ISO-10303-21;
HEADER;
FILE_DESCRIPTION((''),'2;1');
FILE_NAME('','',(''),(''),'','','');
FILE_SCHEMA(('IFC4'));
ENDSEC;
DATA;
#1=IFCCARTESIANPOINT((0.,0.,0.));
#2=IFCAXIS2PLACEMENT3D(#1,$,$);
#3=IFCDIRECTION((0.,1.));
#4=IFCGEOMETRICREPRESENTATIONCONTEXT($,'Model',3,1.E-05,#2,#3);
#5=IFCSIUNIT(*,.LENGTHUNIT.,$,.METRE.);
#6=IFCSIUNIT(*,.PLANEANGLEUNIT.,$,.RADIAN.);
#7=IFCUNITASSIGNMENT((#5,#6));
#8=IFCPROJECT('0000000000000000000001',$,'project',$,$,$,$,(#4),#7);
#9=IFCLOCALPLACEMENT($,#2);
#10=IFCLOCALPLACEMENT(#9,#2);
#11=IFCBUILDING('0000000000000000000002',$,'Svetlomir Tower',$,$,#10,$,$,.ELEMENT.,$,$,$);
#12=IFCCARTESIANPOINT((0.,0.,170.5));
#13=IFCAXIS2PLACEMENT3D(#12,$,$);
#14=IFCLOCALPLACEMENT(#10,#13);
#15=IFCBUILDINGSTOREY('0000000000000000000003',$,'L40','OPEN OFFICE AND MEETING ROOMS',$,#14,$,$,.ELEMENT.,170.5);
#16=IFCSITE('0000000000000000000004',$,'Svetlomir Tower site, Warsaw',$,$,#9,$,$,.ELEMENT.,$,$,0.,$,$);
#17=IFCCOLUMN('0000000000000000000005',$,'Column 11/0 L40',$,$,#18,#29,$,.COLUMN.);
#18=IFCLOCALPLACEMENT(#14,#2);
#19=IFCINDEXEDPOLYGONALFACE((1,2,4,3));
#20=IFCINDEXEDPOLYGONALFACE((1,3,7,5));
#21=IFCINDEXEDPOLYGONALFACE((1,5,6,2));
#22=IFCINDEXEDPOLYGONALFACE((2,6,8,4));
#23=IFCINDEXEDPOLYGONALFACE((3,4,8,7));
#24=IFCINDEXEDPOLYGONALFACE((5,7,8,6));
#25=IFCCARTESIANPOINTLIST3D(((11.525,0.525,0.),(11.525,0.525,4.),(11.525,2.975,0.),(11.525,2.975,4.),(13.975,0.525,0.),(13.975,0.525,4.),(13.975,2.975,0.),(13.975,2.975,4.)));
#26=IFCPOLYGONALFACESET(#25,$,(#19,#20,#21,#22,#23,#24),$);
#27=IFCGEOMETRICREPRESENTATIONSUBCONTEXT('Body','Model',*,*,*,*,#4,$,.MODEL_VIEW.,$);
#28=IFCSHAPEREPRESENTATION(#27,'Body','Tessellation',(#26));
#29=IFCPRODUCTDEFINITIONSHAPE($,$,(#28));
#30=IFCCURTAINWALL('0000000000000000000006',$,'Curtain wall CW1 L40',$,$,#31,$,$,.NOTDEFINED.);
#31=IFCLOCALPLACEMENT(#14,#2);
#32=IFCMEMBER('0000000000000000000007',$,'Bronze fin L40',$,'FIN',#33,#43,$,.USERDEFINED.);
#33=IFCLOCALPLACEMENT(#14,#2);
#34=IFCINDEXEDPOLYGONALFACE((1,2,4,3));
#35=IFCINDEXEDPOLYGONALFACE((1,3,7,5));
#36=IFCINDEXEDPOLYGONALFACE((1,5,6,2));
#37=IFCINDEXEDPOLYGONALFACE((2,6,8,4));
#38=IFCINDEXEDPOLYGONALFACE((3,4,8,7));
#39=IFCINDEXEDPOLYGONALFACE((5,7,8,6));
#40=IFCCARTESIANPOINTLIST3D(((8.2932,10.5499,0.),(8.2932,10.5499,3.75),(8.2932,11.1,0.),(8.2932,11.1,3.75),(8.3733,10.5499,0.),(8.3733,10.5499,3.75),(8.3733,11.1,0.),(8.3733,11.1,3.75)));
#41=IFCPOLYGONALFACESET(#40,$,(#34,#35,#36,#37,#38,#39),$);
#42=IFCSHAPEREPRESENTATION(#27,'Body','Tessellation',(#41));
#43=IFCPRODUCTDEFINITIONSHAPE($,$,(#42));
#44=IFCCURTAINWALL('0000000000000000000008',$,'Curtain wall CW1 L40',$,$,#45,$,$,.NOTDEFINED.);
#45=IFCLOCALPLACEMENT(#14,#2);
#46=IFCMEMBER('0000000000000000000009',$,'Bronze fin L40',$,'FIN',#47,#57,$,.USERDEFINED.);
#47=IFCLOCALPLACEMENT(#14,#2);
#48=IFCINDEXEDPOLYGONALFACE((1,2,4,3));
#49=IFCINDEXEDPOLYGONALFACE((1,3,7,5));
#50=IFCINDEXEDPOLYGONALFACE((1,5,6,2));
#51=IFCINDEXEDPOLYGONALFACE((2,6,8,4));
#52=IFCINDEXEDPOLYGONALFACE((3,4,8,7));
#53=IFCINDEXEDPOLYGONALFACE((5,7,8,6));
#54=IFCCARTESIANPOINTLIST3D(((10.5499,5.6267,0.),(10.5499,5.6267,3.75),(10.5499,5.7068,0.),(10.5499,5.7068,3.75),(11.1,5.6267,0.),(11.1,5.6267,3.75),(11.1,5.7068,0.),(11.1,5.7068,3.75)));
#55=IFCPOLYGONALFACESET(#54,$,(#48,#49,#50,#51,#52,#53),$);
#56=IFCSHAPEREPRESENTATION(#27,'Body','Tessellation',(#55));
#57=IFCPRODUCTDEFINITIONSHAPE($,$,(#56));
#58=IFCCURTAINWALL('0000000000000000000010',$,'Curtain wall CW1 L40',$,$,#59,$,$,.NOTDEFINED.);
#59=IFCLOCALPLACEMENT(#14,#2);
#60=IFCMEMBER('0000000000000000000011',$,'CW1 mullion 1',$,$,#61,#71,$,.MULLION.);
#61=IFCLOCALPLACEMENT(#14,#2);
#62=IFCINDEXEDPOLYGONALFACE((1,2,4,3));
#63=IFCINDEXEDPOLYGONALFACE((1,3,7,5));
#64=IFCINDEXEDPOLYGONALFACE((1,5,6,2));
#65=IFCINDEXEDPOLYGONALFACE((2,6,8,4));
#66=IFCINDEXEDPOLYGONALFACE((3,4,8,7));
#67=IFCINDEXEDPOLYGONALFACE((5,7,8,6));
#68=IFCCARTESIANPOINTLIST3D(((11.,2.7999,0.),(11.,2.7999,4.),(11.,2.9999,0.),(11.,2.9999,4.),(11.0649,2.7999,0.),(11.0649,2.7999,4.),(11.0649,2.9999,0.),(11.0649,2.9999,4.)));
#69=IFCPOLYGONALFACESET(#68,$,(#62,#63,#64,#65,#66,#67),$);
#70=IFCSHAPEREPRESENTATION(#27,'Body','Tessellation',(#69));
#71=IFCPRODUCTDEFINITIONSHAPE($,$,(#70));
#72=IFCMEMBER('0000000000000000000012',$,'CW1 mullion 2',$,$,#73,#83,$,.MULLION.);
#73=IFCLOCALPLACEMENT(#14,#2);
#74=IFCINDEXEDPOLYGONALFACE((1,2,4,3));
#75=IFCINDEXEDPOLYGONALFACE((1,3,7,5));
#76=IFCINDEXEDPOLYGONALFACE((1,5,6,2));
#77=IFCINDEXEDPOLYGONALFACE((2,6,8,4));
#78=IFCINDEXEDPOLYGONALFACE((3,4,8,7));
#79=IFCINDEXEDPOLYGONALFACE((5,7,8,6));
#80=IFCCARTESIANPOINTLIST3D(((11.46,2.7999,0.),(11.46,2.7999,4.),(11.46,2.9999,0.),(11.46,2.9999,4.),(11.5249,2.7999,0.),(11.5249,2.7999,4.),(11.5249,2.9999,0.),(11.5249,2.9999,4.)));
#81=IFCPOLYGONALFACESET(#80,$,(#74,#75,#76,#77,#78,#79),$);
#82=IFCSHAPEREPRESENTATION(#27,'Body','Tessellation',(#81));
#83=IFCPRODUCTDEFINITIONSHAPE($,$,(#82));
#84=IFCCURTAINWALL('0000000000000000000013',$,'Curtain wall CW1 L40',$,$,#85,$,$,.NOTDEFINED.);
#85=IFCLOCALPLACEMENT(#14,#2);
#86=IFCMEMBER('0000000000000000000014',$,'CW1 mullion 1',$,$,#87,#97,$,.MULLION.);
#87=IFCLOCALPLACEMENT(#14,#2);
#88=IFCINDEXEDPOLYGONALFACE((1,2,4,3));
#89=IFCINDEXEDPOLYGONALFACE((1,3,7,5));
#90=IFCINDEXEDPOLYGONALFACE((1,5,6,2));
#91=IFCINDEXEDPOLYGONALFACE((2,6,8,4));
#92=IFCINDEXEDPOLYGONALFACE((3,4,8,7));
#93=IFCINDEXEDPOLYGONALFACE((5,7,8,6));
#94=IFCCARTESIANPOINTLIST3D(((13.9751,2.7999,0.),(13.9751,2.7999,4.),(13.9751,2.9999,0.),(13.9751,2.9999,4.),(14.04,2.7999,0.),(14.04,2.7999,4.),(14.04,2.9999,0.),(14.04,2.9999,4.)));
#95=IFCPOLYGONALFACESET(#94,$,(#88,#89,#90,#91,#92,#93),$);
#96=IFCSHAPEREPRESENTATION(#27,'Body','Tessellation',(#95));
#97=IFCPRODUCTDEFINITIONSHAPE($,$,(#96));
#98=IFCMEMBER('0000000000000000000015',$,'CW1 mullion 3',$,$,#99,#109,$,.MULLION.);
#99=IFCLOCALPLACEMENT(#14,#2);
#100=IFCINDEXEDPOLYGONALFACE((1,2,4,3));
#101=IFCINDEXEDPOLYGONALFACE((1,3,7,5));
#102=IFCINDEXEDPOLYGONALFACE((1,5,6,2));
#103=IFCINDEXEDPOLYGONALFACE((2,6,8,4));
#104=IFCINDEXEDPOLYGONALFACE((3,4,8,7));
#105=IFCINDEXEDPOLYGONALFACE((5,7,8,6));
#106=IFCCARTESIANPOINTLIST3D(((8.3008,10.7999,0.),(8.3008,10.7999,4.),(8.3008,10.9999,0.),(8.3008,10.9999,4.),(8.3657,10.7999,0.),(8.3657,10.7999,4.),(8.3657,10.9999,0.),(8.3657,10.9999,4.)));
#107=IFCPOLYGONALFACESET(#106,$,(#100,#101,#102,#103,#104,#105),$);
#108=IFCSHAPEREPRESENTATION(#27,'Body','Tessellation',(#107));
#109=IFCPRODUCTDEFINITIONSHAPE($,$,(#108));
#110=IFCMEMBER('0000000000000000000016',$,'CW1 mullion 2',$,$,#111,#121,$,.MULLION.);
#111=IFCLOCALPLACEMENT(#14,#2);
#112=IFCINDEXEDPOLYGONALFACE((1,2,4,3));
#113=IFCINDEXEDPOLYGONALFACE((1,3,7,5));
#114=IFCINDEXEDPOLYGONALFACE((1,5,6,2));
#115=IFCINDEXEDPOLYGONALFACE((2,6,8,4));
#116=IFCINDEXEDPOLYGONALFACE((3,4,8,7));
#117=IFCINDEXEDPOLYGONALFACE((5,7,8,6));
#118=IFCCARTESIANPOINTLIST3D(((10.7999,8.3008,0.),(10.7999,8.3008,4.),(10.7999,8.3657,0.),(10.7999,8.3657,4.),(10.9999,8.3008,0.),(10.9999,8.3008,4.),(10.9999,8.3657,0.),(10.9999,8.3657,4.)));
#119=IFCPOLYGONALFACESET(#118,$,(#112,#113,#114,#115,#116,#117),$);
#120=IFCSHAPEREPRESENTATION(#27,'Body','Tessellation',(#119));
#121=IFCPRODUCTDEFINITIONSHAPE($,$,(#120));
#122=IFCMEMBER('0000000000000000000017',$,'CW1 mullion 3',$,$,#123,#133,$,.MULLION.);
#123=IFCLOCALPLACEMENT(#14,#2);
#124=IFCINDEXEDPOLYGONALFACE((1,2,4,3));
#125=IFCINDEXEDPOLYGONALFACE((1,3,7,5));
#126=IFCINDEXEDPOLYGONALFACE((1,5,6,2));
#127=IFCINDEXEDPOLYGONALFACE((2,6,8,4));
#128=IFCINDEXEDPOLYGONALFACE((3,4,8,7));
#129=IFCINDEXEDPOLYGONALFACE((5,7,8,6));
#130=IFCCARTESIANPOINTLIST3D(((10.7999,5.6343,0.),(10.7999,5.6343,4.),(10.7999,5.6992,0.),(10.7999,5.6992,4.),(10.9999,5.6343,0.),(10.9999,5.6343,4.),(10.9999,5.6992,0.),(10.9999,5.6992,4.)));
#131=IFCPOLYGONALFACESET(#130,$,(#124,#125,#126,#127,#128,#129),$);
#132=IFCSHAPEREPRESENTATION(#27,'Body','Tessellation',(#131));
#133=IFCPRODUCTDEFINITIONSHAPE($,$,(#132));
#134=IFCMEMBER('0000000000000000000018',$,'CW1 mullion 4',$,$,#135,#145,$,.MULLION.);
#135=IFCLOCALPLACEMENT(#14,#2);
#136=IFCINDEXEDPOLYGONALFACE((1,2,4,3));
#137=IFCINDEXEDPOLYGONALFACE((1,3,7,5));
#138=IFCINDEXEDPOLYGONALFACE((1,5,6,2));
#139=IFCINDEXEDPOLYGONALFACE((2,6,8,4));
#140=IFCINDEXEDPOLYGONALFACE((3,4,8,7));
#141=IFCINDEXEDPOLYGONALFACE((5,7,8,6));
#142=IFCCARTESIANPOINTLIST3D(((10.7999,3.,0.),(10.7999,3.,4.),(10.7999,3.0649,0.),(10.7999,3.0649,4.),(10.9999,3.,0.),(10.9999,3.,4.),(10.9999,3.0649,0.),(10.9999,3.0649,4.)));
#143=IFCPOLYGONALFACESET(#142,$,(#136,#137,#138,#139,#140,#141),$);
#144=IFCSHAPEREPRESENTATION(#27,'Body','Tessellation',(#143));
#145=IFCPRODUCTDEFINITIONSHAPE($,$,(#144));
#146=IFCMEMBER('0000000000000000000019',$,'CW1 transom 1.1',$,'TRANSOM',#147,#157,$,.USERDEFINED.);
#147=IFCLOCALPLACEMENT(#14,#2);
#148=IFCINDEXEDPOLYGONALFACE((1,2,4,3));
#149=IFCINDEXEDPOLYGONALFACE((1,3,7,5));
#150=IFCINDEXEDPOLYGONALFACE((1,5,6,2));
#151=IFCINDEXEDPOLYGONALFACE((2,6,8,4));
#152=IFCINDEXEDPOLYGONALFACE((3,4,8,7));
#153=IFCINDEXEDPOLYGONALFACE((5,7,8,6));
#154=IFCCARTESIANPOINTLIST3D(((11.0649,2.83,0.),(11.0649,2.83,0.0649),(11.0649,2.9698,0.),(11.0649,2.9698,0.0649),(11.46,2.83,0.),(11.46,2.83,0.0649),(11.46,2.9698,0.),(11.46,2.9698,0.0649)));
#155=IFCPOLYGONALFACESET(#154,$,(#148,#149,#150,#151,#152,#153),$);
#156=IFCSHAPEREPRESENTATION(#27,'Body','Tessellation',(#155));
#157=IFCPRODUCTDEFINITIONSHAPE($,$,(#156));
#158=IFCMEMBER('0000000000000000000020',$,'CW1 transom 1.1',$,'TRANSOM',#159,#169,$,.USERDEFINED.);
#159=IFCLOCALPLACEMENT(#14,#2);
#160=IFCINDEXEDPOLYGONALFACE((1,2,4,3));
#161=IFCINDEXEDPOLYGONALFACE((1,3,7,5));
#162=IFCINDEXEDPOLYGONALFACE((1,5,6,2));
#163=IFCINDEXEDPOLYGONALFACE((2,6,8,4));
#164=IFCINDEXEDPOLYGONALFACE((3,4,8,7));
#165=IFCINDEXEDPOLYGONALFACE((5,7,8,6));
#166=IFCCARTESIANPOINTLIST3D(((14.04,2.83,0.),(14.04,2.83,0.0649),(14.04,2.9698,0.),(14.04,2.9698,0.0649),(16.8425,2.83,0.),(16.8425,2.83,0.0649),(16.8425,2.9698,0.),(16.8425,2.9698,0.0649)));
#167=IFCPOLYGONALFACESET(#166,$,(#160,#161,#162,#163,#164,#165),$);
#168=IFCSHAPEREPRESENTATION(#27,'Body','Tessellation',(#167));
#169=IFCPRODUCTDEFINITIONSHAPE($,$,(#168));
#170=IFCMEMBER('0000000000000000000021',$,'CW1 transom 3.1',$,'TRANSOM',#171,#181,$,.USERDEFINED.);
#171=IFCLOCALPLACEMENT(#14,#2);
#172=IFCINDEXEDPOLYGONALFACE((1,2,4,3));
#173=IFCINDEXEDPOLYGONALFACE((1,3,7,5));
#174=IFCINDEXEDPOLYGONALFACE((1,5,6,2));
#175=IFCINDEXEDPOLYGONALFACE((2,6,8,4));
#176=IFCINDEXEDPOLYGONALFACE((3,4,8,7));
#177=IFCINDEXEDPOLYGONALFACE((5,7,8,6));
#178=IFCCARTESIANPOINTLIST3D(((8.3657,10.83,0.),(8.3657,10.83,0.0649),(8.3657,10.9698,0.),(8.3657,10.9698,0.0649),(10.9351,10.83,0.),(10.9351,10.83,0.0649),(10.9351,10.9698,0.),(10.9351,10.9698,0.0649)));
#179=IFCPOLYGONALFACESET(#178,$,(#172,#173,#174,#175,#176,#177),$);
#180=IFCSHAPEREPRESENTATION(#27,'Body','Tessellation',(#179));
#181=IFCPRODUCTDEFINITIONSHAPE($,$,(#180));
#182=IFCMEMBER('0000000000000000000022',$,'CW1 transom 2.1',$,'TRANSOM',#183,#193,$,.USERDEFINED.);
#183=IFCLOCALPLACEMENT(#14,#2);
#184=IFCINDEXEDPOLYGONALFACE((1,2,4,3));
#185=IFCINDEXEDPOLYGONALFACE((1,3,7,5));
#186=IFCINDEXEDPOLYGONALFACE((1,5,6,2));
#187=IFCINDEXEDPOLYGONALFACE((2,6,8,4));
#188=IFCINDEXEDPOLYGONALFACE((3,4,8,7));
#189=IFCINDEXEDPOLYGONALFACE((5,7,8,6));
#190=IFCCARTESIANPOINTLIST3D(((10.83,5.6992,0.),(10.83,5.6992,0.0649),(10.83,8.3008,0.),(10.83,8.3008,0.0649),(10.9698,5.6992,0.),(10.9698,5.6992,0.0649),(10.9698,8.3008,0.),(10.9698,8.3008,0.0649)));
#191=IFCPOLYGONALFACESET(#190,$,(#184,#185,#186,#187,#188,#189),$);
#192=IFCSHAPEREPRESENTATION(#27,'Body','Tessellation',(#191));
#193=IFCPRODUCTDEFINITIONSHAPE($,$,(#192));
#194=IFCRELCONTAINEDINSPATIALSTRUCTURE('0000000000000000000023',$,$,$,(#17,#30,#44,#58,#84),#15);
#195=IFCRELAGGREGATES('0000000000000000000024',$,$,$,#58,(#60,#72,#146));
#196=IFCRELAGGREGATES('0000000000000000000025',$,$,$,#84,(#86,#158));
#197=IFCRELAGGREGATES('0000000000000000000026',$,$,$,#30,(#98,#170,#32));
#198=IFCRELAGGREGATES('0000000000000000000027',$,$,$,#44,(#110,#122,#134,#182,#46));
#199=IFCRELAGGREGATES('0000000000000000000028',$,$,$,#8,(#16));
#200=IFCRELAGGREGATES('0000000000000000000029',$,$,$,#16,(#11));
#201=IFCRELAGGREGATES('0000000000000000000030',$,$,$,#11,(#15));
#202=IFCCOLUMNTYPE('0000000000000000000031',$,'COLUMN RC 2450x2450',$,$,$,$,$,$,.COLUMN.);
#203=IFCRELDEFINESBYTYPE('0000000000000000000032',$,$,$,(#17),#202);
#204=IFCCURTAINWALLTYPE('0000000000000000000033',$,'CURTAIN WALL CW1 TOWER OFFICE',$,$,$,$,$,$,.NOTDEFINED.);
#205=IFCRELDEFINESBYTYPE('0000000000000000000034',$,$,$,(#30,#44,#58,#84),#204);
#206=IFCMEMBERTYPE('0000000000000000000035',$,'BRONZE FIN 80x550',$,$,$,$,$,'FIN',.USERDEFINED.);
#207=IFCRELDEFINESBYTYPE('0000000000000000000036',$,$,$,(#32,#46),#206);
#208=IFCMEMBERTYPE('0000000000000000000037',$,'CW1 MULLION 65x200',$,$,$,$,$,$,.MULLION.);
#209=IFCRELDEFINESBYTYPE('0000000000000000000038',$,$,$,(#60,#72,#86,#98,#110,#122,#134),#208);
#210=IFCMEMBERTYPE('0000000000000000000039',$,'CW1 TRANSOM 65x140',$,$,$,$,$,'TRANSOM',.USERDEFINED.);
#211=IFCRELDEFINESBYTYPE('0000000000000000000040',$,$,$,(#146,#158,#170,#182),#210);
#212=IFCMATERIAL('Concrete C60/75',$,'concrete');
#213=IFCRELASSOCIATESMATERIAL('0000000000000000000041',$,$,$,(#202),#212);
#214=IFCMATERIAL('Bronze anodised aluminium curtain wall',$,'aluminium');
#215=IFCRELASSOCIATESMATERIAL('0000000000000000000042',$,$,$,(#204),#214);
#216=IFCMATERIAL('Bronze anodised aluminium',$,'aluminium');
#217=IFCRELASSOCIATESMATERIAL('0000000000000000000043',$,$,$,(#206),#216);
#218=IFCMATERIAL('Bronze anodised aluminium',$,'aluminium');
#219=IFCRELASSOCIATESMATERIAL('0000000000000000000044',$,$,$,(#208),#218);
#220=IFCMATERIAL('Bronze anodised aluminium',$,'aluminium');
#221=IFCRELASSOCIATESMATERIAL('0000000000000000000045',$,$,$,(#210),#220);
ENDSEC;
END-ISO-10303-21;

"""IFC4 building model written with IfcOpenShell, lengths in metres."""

from ifc_helpers import new_model, si_unit, direction, frame, origin, origin_2d, place, context, subcontext, project, spatial, rectangle, extrude, material, material_profile, profile_set, type_object, element, aggregate, save


model = new_model("IFC4")

# Units and contexts
model_context = context("Model", 3, precision=1e-05, world=origin(), true_north=direction((0.0, 1.0)))
body_context = subcontext(model_context, "Body", "Model", "MODEL_VIEW")
ifc_project = project(units=[si_unit("LENGTHUNIT", "METRE"), si_unit("PLANEANGLEUNIT", "RADIAN")], contexts=[model_context])

# Site, building, storey
site_placement = place(None, origin())
site = spatial("IfcSite", under=ifc_project, at=site_placement, Name="Svetlomir Tower site, Warsaw", CompositionType="ELEMENT", RefElevation=0.0)
building_placement = place(site_placement, origin())
building = spatial("IfcBuilding", under=site, at=building_placement, Name="Svetlomir Tower", CompositionType="ELEMENT")
storey_placement = place(building_placement, frame((0.0, 0.0, 170.5)))
storey = spatial("IfcBuildingStorey", under=building, at=storey_placement, Name="L40", Description="OPEN OFFICE AND MEETING ROOMS", CompositionType="ELEMENT", Elevation=170.5)

# Column
ifc_material_1 = material(Name="Concrete C60/75", Category="concrete")
ifc_material_profile_1 = material_profile(ifc_material_1, rectangle(XDim=2.45, YDim=2.45, at=origin_2d()), Name="RC 2450x2450")
ifc_profile_set_1 = profile_set([ifc_material_profile_1], Name="Concrete C60/75")
column_type = type_object("IfcColumnType", Name="COLUMN RC 2450x2450", PredefinedType="COLUMN", material=ifc_profile_set_1)
column_placement = place(storey_placement, frame((12.75, 1.75, 0.0), z_axis=(0.0, 0.0, 1.0), x_axis=(1.0, 0.0, 0.0)))
element("IfcColumn", 1, at=column_placement, inside=storey, type_object=column_type, Name="Column 11/0 L40", PredefinedType="COLUMN", context=body_context, shape_type="SweptSolid", body=[
    extrude(rectangle(XDim=2.45, YDim=2.45, at=origin_2d()), origin(), (0.0, 0.0, 1.0), 4.0),
])

# Curtain walls, members
ifc_material_2 = material(Name="Bronze anodised aluminium curtain wall", Category="aluminium")
curtain_wall_type = type_object("IfcCurtainWallType", Name="CURTAIN WALL CW1 TOWER OFFICE", PredefinedType="NOTDEFINED", material=ifc_material_2)
curtain_wall_1_placement = place(storey_placement, origin())
curtain_wall_1 = element("IfcCurtainWall", 2, at=curtain_wall_1_placement, inside=storey, type_object=curtain_wall_type, Name="Curtain wall CW1 L40", PredefinedType="NOTDEFINED")
ifc_material_3 = material(Name="Bronze anodised aluminium", Category="aluminium")
ifc_material_profile_2 = material_profile(ifc_material_3, rectangle(XDim=0.0801, YDim=0.55, at=origin_2d()), Name="FIN 80x550")
ifc_profile_set_2 = profile_set([ifc_material_profile_2], Name="Bronze anodised aluminium 6063-T6")
member_type_1 = type_object("IfcMemberType", Name="BRONZE FIN 80x550", ElementType="FIN", PredefinedType="USERDEFINED", material=ifc_profile_set_2)
member_1_placement = place(storey_placement, frame((8.3333, 10.825, 0.0), z_axis=(0.0, 0.0, 1.0), x_axis=(1.0, 0.0, 0.0)))
member_1 = element("IfcMember", 3, at=member_1_placement, type_object=member_type_1, Name="Bronze fin L40", ObjectType="FIN", PredefinedType="USERDEFINED", context=body_context, shape_type="SweptSolid", body=[
    extrude(rectangle(XDim=0.0801, YDim=0.55, at=origin_2d()), origin(), (0.0, 0.0, 1.0), 3.75),
])
curtain_wall_2_placement = place(storey_placement, origin())
curtain_wall_2 = element("IfcCurtainWall", 4, at=curtain_wall_2_placement, inside=storey, type_object=curtain_wall_type, Name="Curtain wall CW1 L40", PredefinedType="NOTDEFINED")
member_2_placement = place(storey_placement, frame((10.825, 5.6667, 0.0), z_axis=(0.0, 0.0, 1.0), x_axis=(0.0, 1.0, 0.0)))
member_2 = element("IfcMember", 5, at=member_2_placement, type_object=member_type_1, Name="Bronze fin L40", ObjectType="FIN", PredefinedType="USERDEFINED", context=body_context, shape_type="SweptSolid", body=[
    extrude(rectangle(XDim=0.0801, YDim=0.55, at=origin_2d()), origin(), (0.0, 0.0, 1.0), 3.75),
])

# Curtain wall, members
curtain_wall_3_placement = place(storey_placement, origin())
curtain_wall_3 = element("IfcCurtainWall", 6, at=curtain_wall_3_placement, inside=storey, type_object=curtain_wall_type, Name="Curtain wall CW1 L40", PredefinedType="NOTDEFINED")
ifc_material_4 = material(Name="Bronze anodised aluminium", Category="aluminium")
ifc_material_profile_3 = material_profile(ifc_material_4, rectangle(XDim=0.0649, YDim=0.2, at=origin_2d()), Name="AL 65x200")
ifc_profile_set_3 = profile_set([ifc_material_profile_3], Name="Bronze anodised aluminium 6063-T6")
member_type_2 = type_object("IfcMemberType", Name="CW1 MULLION 65x200", PredefinedType="MULLION", material=ifc_profile_set_3)
member_3_placement = place(storey_placement, frame((11.0325, 2.8999, 0.0), z_axis=(0.0, 0.0, 1.0), x_axis=(1.0, 0.0, 0.0)))
member_3 = element("IfcMember", 7, at=member_3_placement, type_object=member_type_2, Name="CW1 mullion 1", PredefinedType="MULLION", context=body_context, shape_type="SweptSolid", body=[
    extrude(rectangle(XDim=0.0649, YDim=0.2, at=origin_2d()), origin(), (0.0, 0.0, 1.0), 4.0),
])
member_4_placement = place(storey_placement, frame((11.4924, 2.8999, 0.0), z_axis=(0.0, 0.0, 1.0), x_axis=(1.0, 0.0, 0.0)))
member_4 = element("IfcMember", 8, at=member_4_placement, type_object=member_type_2, Name="CW1 mullion 2", PredefinedType="MULLION", context=body_context, shape_type="SweptSolid", body=[
    extrude(rectangle(XDim=0.0649, YDim=0.2, at=origin_2d()), origin(), (0.0, 0.0, 1.0), 4.0),
])

# Curtain wall, member
curtain_wall_4_placement = place(storey_placement, origin())
curtain_wall_4 = element("IfcCurtainWall", 9, at=curtain_wall_4_placement, inside=storey, type_object=curtain_wall_type, Name="Curtain wall CW1 L40", PredefinedType="NOTDEFINED")
member_5_placement = place(storey_placement, frame((14.0076, 2.8999, 0.0), z_axis=(0.0, 0.0, 1.0), x_axis=(1.0, 0.0, 0.0)))
member_5 = element("IfcMember", 10, at=member_5_placement, type_object=member_type_2, Name="CW1 mullion 1", PredefinedType="MULLION", context=body_context, shape_type="SweptSolid", body=[
    extrude(rectangle(XDim=0.0649, YDim=0.2, at=origin_2d()), origin(), (0.0, 0.0, 1.0), 4.0),
])

# Members
member_6_placement = place(storey_placement, frame((8.3333, 10.8999, 0.0), z_axis=(0.0, 0.0, 1.0), x_axis=(1.0, 0.0, 0.0)))
member_6 = element("IfcMember", 11, at=member_6_placement, type_object=member_type_2, Name="CW1 mullion 3", PredefinedType="MULLION", context=body_context, shape_type="SweptSolid", body=[
    extrude(rectangle(XDim=0.0649, YDim=0.2, at=origin_2d()), origin(), (0.0, 0.0, 1.0), 4.0),
])
member_7_placement = place(storey_placement, frame((10.8999, 8.3333, 0.0), z_axis=(0.0, 0.0, 1.0), x_axis=(0.0, -1.0, 0.0)))
member_7 = element("IfcMember", 12, at=member_7_placement, type_object=member_type_2, Name="CW1 mullion 2", PredefinedType="MULLION", context=body_context, shape_type="SweptSolid", body=[
    extrude(rectangle(XDim=0.0649, YDim=0.2, at=origin_2d()), origin(), (0.0, 0.0, 1.0), 4.0),
])
member_8_placement = place(storey_placement, frame((10.8999, 5.6667, 0.0), z_axis=(0.0, 0.0, 1.0), x_axis=(0.0, -1.0, 0.0)))
member_8 = element("IfcMember", 13, at=member_8_placement, type_object=member_type_2, Name="CW1 mullion 3", PredefinedType="MULLION", context=body_context, shape_type="SweptSolid", body=[
    extrude(rectangle(XDim=0.0649, YDim=0.2, at=origin_2d()), origin(), (0.0, 0.0, 1.0), 4.0),
])
member_9_placement = place(storey_placement, frame((10.8999, 3.0325, 0.0), z_axis=(0.0, 0.0, 1.0), x_axis=(0.0, -1.0, 0.0)))
member_9 = element("IfcMember", 14, at=member_9_placement, type_object=member_type_2, Name="CW1 mullion 4", PredefinedType="MULLION", context=body_context, shape_type="SweptSolid", body=[
    extrude(rectangle(XDim=0.0649, YDim=0.2, at=origin_2d()), origin(), (0.0, 0.0, 1.0), 4.0),
])
ifc_material_5 = material(Name="Bronze anodised aluminium", Category="aluminium")
ifc_material_profile_4 = material_profile(ifc_material_5, rectangle(XDim=0.1399, YDim=0.0649, at=origin_2d()), Name="AL 140x65")
ifc_profile_set_4 = profile_set([ifc_material_profile_4], Name="Bronze anodised aluminium 6063-T6")
member_type_3 = type_object("IfcMemberType", Name="CW1 TRANSOM 65x140", ElementType="TRANSOM", PredefinedType="USERDEFINED", material=ifc_profile_set_4)
member_10_placement = place(storey_placement, frame((11.0649, 2.8999, 0.0325), z_axis=(1.0, 0.0, 0.0), x_axis=(0.0, 1.0, 0.0)))
member_10 = element("IfcMember", 15, at=member_10_placement, type_object=member_type_3, Name="CW1 transom 1.1", ObjectType="TRANSOM", PredefinedType="USERDEFINED", context=body_context, shape_type="SweptSolid", body=[
    extrude(rectangle(XDim=0.1399, YDim=0.0649, at=origin_2d()), origin(), (0.0, 0.0, 1.0), 0.395),
])
member_11_placement = place(storey_placement, frame((14.04, 2.8999, 0.0325), z_axis=(1.0, 0.0, 0.0), x_axis=(0.0, 1.0, 0.0)))
member_11 = element("IfcMember", 16, at=member_11_placement, type_object=member_type_3, Name="CW1 transom 1.1", ObjectType="TRANSOM", PredefinedType="USERDEFINED", context=body_context, shape_type="SweptSolid", body=[
    extrude(rectangle(XDim=0.1399, YDim=0.0649, at=origin_2d()), origin(), (0.0, 0.0, 1.0), 2.8025),
])
member_12_placement = place(storey_placement, frame((8.3657, 10.8999, 0.0325), z_axis=(1.0, 0.0, 0.0), x_axis=(0.0, 1.0, 0.0)))
member_12 = element("IfcMember", 17, at=member_12_placement, type_object=member_type_3, Name="CW1 transom 3.1", ObjectType="TRANSOM", PredefinedType="USERDEFINED", context=body_context, shape_type="SweptSolid", body=[
    extrude(rectangle(XDim=0.1399, YDim=0.0649, at=origin_2d()), origin(), (0.0, 0.0, 1.0), 2.5693),
])
member_13_placement = place(storey_placement, frame((10.8999, 8.3008, 0.0325), z_axis=(0.0, -1.0, 0.0), x_axis=(1.0, 0.0, 0.0)))
member_13 = element("IfcMember", 18, at=member_13_placement, type_object=member_type_3, Name="CW1 transom 2.1", ObjectType="TRANSOM", PredefinedType="USERDEFINED", context=body_context, shape_type="SweptSolid", body=[
    extrude(rectangle(XDim=0.1399, YDim=0.0649, at=origin_2d()), origin(), (0.0, 0.0, 1.0), 2.6016),
])

aggregate(curtain_wall_3, [member_3, member_4, member_10])
aggregate(curtain_wall_4, [member_5, member_11])
aggregate(curtain_wall_1, [member_6, member_12, member_1])
aggregate(curtain_wall_2, [member_7, member_8, member_9, member_13, member_2])

save(model, "model.ifc")
